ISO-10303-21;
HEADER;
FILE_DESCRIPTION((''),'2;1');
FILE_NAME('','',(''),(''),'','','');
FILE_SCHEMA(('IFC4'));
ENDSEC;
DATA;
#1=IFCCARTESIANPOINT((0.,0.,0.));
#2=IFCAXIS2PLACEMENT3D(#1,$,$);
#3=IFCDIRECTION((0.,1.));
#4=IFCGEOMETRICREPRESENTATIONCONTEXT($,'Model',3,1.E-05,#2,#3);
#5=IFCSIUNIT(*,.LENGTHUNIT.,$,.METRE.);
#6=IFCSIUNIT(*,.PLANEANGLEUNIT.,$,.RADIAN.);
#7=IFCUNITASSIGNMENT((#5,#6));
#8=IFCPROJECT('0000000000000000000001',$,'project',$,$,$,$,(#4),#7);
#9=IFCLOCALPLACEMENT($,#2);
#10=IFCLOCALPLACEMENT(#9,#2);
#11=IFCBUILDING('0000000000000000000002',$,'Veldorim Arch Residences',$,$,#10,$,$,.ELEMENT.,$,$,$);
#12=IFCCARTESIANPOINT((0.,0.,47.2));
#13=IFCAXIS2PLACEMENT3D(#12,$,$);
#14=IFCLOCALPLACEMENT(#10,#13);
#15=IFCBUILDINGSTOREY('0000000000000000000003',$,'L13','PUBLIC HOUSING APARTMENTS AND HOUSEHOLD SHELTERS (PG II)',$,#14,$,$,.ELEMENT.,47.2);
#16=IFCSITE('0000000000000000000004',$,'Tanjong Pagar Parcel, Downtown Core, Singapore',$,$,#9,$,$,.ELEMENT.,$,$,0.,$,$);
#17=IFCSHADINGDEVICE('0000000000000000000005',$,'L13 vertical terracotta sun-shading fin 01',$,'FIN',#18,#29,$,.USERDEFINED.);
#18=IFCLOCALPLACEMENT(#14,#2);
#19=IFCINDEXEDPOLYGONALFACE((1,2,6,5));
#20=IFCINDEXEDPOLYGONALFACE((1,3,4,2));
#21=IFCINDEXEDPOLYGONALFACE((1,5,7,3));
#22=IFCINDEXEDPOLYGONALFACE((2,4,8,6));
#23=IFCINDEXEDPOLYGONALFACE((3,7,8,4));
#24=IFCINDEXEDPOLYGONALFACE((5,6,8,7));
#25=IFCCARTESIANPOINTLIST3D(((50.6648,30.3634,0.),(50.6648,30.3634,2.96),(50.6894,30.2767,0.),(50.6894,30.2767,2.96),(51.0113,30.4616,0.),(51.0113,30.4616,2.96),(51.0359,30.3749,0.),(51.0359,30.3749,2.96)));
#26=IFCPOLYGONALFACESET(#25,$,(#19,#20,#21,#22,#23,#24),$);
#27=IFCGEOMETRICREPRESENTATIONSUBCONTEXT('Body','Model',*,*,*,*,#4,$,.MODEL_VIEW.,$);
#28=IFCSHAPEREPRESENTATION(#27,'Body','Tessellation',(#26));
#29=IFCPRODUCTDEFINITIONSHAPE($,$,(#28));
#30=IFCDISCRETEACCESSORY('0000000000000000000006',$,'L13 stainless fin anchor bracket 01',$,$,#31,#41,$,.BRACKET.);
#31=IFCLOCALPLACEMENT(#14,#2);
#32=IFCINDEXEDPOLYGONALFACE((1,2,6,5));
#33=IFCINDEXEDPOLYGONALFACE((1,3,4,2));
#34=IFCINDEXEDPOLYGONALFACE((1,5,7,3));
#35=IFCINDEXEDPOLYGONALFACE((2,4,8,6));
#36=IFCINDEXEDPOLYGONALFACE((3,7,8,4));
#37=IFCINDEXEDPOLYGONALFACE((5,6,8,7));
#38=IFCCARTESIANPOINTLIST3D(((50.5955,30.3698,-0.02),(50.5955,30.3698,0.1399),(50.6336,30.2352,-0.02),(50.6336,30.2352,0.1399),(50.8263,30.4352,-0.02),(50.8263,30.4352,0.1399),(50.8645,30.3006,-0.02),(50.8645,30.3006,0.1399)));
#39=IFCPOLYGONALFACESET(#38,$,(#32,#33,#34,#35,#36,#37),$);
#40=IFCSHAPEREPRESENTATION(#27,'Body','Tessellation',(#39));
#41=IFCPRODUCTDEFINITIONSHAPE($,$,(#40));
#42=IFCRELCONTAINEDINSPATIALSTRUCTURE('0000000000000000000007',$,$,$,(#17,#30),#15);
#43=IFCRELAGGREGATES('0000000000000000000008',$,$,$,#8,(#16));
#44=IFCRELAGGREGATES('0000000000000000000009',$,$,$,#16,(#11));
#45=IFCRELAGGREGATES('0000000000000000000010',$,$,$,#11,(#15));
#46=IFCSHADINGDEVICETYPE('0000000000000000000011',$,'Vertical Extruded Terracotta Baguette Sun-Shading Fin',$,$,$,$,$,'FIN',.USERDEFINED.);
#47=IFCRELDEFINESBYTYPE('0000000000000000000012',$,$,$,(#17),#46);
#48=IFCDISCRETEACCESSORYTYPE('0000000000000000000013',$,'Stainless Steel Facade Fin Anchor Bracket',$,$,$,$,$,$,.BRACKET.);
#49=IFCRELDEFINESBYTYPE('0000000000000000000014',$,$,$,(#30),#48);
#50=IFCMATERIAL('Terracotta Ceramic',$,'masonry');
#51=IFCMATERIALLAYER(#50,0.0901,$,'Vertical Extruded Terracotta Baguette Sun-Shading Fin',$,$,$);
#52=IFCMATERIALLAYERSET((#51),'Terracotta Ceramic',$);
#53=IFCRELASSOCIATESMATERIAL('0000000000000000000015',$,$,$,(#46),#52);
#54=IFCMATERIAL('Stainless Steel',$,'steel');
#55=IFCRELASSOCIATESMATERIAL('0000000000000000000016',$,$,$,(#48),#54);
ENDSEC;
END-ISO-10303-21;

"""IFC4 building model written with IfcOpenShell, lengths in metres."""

from ifc_helpers import new_model, si_unit, direction, frame, origin, origin_2d, place, context, subcontext, project, spatial, rectangle, extrude, material, layer, layer_set, type_object, element, save


model = new_model("IFC4")

# Units and contexts
model_context = context("Model", 3, precision=1e-05, world=origin(), true_north=direction((0.0, 1.0)))
body_context = subcontext(model_context, "Body", "Model", "MODEL_VIEW")
ifc_project = project(units=[si_unit("LENGTHUNIT", "METRE"), si_unit("PLANEANGLEUNIT", "RADIAN")], contexts=[model_context])

# Site, building, storey
site_placement = place(None, origin())
site = spatial("IfcSite", under=ifc_project, at=site_placement, Name="Tanjong Pagar Parcel, Downtown Core, Singapore", CompositionType="ELEMENT", RefElevation=0.0)
building_placement = place(site_placement, origin())
building = spatial("IfcBuilding", under=site, at=building_placement, Name="Veldorim Arch Residences", CompositionType="ELEMENT")
storey_placement = place(building_placement, frame((0.0, 0.0, 47.2)))
storey = spatial("IfcBuildingStorey", under=building, at=storey_placement, Name="L13", Description="PUBLIC HOUSING APARTMENTS AND HOUSEHOLD SHELTERS (PG II)", CompositionType="ELEMENT", Elevation=47.2)

# Shading device
ifc_material_1 = material(Name="Terracotta Ceramic", Category="masonry")
ifc_layer_1 = layer(ifc_material_1, 0.0901, Name="Vertical Extruded Terracotta Baguette Sun-Shading Fin")
ifc_layer_set_1 = layer_set([ifc_layer_1], Name="Terracotta Ceramic")
shading_device_type = type_object("IfcShadingDeviceType", Name="Vertical Extruded Terracotta Baguette Sun-Shading Fin", ElementType="FIN", PredefinedType="USERDEFINED", material=ifc_layer_set_1)
shading_device_placement = place(storey_placement, frame((50.8503, 30.3691, 0.0), z_axis=(0.0, 0.0, 1.0), x_axis=(0.272784, -0.962075, 0.0)))
element("IfcShadingDevice", 1, at=shading_device_placement, inside=storey, type_object=shading_device_type, Name="L13 vertical terracotta sun-shading fin 01", ObjectType="FIN", PredefinedType="USERDEFINED", context=body_context, shape_type="SweptSolid", body=[
    extrude(rectangle(XDim=0.0901, YDim=0.3601, at=origin_2d()), origin(), (0.0, 0.0, 1.0), 2.96),
])

# Discrete accessory
ifc_material_2 = material(Name="Stainless Steel", Category="steel")
discrete_accessory_type = type_object("IfcDiscreteAccessoryType", Name="Stainless Steel Facade Fin Anchor Bracket", PredefinedType="BRACKET", material=ifc_material_2)
discrete_accessory_placement = place(storey_placement, frame((50.73, 30.3352, -0.02), z_axis=(0.0, 0.0, 1.0), x_axis=(0.272784, -0.962075, 0.0)))
element("IfcDiscreteAccessory", 2, at=discrete_accessory_placement, inside=storey, type_object=discrete_accessory_type, Name="L13 stainless fin anchor bracket 01", PredefinedType="BRACKET", context=body_context, shape_type="SweptSolid", body=[
    extrude(rectangle(XDim=0.1399, YDim=0.24, at=origin_2d()), origin(), (0.0, 0.0, 1.0), 0.1599),
])

save(model, "model.ifc")
